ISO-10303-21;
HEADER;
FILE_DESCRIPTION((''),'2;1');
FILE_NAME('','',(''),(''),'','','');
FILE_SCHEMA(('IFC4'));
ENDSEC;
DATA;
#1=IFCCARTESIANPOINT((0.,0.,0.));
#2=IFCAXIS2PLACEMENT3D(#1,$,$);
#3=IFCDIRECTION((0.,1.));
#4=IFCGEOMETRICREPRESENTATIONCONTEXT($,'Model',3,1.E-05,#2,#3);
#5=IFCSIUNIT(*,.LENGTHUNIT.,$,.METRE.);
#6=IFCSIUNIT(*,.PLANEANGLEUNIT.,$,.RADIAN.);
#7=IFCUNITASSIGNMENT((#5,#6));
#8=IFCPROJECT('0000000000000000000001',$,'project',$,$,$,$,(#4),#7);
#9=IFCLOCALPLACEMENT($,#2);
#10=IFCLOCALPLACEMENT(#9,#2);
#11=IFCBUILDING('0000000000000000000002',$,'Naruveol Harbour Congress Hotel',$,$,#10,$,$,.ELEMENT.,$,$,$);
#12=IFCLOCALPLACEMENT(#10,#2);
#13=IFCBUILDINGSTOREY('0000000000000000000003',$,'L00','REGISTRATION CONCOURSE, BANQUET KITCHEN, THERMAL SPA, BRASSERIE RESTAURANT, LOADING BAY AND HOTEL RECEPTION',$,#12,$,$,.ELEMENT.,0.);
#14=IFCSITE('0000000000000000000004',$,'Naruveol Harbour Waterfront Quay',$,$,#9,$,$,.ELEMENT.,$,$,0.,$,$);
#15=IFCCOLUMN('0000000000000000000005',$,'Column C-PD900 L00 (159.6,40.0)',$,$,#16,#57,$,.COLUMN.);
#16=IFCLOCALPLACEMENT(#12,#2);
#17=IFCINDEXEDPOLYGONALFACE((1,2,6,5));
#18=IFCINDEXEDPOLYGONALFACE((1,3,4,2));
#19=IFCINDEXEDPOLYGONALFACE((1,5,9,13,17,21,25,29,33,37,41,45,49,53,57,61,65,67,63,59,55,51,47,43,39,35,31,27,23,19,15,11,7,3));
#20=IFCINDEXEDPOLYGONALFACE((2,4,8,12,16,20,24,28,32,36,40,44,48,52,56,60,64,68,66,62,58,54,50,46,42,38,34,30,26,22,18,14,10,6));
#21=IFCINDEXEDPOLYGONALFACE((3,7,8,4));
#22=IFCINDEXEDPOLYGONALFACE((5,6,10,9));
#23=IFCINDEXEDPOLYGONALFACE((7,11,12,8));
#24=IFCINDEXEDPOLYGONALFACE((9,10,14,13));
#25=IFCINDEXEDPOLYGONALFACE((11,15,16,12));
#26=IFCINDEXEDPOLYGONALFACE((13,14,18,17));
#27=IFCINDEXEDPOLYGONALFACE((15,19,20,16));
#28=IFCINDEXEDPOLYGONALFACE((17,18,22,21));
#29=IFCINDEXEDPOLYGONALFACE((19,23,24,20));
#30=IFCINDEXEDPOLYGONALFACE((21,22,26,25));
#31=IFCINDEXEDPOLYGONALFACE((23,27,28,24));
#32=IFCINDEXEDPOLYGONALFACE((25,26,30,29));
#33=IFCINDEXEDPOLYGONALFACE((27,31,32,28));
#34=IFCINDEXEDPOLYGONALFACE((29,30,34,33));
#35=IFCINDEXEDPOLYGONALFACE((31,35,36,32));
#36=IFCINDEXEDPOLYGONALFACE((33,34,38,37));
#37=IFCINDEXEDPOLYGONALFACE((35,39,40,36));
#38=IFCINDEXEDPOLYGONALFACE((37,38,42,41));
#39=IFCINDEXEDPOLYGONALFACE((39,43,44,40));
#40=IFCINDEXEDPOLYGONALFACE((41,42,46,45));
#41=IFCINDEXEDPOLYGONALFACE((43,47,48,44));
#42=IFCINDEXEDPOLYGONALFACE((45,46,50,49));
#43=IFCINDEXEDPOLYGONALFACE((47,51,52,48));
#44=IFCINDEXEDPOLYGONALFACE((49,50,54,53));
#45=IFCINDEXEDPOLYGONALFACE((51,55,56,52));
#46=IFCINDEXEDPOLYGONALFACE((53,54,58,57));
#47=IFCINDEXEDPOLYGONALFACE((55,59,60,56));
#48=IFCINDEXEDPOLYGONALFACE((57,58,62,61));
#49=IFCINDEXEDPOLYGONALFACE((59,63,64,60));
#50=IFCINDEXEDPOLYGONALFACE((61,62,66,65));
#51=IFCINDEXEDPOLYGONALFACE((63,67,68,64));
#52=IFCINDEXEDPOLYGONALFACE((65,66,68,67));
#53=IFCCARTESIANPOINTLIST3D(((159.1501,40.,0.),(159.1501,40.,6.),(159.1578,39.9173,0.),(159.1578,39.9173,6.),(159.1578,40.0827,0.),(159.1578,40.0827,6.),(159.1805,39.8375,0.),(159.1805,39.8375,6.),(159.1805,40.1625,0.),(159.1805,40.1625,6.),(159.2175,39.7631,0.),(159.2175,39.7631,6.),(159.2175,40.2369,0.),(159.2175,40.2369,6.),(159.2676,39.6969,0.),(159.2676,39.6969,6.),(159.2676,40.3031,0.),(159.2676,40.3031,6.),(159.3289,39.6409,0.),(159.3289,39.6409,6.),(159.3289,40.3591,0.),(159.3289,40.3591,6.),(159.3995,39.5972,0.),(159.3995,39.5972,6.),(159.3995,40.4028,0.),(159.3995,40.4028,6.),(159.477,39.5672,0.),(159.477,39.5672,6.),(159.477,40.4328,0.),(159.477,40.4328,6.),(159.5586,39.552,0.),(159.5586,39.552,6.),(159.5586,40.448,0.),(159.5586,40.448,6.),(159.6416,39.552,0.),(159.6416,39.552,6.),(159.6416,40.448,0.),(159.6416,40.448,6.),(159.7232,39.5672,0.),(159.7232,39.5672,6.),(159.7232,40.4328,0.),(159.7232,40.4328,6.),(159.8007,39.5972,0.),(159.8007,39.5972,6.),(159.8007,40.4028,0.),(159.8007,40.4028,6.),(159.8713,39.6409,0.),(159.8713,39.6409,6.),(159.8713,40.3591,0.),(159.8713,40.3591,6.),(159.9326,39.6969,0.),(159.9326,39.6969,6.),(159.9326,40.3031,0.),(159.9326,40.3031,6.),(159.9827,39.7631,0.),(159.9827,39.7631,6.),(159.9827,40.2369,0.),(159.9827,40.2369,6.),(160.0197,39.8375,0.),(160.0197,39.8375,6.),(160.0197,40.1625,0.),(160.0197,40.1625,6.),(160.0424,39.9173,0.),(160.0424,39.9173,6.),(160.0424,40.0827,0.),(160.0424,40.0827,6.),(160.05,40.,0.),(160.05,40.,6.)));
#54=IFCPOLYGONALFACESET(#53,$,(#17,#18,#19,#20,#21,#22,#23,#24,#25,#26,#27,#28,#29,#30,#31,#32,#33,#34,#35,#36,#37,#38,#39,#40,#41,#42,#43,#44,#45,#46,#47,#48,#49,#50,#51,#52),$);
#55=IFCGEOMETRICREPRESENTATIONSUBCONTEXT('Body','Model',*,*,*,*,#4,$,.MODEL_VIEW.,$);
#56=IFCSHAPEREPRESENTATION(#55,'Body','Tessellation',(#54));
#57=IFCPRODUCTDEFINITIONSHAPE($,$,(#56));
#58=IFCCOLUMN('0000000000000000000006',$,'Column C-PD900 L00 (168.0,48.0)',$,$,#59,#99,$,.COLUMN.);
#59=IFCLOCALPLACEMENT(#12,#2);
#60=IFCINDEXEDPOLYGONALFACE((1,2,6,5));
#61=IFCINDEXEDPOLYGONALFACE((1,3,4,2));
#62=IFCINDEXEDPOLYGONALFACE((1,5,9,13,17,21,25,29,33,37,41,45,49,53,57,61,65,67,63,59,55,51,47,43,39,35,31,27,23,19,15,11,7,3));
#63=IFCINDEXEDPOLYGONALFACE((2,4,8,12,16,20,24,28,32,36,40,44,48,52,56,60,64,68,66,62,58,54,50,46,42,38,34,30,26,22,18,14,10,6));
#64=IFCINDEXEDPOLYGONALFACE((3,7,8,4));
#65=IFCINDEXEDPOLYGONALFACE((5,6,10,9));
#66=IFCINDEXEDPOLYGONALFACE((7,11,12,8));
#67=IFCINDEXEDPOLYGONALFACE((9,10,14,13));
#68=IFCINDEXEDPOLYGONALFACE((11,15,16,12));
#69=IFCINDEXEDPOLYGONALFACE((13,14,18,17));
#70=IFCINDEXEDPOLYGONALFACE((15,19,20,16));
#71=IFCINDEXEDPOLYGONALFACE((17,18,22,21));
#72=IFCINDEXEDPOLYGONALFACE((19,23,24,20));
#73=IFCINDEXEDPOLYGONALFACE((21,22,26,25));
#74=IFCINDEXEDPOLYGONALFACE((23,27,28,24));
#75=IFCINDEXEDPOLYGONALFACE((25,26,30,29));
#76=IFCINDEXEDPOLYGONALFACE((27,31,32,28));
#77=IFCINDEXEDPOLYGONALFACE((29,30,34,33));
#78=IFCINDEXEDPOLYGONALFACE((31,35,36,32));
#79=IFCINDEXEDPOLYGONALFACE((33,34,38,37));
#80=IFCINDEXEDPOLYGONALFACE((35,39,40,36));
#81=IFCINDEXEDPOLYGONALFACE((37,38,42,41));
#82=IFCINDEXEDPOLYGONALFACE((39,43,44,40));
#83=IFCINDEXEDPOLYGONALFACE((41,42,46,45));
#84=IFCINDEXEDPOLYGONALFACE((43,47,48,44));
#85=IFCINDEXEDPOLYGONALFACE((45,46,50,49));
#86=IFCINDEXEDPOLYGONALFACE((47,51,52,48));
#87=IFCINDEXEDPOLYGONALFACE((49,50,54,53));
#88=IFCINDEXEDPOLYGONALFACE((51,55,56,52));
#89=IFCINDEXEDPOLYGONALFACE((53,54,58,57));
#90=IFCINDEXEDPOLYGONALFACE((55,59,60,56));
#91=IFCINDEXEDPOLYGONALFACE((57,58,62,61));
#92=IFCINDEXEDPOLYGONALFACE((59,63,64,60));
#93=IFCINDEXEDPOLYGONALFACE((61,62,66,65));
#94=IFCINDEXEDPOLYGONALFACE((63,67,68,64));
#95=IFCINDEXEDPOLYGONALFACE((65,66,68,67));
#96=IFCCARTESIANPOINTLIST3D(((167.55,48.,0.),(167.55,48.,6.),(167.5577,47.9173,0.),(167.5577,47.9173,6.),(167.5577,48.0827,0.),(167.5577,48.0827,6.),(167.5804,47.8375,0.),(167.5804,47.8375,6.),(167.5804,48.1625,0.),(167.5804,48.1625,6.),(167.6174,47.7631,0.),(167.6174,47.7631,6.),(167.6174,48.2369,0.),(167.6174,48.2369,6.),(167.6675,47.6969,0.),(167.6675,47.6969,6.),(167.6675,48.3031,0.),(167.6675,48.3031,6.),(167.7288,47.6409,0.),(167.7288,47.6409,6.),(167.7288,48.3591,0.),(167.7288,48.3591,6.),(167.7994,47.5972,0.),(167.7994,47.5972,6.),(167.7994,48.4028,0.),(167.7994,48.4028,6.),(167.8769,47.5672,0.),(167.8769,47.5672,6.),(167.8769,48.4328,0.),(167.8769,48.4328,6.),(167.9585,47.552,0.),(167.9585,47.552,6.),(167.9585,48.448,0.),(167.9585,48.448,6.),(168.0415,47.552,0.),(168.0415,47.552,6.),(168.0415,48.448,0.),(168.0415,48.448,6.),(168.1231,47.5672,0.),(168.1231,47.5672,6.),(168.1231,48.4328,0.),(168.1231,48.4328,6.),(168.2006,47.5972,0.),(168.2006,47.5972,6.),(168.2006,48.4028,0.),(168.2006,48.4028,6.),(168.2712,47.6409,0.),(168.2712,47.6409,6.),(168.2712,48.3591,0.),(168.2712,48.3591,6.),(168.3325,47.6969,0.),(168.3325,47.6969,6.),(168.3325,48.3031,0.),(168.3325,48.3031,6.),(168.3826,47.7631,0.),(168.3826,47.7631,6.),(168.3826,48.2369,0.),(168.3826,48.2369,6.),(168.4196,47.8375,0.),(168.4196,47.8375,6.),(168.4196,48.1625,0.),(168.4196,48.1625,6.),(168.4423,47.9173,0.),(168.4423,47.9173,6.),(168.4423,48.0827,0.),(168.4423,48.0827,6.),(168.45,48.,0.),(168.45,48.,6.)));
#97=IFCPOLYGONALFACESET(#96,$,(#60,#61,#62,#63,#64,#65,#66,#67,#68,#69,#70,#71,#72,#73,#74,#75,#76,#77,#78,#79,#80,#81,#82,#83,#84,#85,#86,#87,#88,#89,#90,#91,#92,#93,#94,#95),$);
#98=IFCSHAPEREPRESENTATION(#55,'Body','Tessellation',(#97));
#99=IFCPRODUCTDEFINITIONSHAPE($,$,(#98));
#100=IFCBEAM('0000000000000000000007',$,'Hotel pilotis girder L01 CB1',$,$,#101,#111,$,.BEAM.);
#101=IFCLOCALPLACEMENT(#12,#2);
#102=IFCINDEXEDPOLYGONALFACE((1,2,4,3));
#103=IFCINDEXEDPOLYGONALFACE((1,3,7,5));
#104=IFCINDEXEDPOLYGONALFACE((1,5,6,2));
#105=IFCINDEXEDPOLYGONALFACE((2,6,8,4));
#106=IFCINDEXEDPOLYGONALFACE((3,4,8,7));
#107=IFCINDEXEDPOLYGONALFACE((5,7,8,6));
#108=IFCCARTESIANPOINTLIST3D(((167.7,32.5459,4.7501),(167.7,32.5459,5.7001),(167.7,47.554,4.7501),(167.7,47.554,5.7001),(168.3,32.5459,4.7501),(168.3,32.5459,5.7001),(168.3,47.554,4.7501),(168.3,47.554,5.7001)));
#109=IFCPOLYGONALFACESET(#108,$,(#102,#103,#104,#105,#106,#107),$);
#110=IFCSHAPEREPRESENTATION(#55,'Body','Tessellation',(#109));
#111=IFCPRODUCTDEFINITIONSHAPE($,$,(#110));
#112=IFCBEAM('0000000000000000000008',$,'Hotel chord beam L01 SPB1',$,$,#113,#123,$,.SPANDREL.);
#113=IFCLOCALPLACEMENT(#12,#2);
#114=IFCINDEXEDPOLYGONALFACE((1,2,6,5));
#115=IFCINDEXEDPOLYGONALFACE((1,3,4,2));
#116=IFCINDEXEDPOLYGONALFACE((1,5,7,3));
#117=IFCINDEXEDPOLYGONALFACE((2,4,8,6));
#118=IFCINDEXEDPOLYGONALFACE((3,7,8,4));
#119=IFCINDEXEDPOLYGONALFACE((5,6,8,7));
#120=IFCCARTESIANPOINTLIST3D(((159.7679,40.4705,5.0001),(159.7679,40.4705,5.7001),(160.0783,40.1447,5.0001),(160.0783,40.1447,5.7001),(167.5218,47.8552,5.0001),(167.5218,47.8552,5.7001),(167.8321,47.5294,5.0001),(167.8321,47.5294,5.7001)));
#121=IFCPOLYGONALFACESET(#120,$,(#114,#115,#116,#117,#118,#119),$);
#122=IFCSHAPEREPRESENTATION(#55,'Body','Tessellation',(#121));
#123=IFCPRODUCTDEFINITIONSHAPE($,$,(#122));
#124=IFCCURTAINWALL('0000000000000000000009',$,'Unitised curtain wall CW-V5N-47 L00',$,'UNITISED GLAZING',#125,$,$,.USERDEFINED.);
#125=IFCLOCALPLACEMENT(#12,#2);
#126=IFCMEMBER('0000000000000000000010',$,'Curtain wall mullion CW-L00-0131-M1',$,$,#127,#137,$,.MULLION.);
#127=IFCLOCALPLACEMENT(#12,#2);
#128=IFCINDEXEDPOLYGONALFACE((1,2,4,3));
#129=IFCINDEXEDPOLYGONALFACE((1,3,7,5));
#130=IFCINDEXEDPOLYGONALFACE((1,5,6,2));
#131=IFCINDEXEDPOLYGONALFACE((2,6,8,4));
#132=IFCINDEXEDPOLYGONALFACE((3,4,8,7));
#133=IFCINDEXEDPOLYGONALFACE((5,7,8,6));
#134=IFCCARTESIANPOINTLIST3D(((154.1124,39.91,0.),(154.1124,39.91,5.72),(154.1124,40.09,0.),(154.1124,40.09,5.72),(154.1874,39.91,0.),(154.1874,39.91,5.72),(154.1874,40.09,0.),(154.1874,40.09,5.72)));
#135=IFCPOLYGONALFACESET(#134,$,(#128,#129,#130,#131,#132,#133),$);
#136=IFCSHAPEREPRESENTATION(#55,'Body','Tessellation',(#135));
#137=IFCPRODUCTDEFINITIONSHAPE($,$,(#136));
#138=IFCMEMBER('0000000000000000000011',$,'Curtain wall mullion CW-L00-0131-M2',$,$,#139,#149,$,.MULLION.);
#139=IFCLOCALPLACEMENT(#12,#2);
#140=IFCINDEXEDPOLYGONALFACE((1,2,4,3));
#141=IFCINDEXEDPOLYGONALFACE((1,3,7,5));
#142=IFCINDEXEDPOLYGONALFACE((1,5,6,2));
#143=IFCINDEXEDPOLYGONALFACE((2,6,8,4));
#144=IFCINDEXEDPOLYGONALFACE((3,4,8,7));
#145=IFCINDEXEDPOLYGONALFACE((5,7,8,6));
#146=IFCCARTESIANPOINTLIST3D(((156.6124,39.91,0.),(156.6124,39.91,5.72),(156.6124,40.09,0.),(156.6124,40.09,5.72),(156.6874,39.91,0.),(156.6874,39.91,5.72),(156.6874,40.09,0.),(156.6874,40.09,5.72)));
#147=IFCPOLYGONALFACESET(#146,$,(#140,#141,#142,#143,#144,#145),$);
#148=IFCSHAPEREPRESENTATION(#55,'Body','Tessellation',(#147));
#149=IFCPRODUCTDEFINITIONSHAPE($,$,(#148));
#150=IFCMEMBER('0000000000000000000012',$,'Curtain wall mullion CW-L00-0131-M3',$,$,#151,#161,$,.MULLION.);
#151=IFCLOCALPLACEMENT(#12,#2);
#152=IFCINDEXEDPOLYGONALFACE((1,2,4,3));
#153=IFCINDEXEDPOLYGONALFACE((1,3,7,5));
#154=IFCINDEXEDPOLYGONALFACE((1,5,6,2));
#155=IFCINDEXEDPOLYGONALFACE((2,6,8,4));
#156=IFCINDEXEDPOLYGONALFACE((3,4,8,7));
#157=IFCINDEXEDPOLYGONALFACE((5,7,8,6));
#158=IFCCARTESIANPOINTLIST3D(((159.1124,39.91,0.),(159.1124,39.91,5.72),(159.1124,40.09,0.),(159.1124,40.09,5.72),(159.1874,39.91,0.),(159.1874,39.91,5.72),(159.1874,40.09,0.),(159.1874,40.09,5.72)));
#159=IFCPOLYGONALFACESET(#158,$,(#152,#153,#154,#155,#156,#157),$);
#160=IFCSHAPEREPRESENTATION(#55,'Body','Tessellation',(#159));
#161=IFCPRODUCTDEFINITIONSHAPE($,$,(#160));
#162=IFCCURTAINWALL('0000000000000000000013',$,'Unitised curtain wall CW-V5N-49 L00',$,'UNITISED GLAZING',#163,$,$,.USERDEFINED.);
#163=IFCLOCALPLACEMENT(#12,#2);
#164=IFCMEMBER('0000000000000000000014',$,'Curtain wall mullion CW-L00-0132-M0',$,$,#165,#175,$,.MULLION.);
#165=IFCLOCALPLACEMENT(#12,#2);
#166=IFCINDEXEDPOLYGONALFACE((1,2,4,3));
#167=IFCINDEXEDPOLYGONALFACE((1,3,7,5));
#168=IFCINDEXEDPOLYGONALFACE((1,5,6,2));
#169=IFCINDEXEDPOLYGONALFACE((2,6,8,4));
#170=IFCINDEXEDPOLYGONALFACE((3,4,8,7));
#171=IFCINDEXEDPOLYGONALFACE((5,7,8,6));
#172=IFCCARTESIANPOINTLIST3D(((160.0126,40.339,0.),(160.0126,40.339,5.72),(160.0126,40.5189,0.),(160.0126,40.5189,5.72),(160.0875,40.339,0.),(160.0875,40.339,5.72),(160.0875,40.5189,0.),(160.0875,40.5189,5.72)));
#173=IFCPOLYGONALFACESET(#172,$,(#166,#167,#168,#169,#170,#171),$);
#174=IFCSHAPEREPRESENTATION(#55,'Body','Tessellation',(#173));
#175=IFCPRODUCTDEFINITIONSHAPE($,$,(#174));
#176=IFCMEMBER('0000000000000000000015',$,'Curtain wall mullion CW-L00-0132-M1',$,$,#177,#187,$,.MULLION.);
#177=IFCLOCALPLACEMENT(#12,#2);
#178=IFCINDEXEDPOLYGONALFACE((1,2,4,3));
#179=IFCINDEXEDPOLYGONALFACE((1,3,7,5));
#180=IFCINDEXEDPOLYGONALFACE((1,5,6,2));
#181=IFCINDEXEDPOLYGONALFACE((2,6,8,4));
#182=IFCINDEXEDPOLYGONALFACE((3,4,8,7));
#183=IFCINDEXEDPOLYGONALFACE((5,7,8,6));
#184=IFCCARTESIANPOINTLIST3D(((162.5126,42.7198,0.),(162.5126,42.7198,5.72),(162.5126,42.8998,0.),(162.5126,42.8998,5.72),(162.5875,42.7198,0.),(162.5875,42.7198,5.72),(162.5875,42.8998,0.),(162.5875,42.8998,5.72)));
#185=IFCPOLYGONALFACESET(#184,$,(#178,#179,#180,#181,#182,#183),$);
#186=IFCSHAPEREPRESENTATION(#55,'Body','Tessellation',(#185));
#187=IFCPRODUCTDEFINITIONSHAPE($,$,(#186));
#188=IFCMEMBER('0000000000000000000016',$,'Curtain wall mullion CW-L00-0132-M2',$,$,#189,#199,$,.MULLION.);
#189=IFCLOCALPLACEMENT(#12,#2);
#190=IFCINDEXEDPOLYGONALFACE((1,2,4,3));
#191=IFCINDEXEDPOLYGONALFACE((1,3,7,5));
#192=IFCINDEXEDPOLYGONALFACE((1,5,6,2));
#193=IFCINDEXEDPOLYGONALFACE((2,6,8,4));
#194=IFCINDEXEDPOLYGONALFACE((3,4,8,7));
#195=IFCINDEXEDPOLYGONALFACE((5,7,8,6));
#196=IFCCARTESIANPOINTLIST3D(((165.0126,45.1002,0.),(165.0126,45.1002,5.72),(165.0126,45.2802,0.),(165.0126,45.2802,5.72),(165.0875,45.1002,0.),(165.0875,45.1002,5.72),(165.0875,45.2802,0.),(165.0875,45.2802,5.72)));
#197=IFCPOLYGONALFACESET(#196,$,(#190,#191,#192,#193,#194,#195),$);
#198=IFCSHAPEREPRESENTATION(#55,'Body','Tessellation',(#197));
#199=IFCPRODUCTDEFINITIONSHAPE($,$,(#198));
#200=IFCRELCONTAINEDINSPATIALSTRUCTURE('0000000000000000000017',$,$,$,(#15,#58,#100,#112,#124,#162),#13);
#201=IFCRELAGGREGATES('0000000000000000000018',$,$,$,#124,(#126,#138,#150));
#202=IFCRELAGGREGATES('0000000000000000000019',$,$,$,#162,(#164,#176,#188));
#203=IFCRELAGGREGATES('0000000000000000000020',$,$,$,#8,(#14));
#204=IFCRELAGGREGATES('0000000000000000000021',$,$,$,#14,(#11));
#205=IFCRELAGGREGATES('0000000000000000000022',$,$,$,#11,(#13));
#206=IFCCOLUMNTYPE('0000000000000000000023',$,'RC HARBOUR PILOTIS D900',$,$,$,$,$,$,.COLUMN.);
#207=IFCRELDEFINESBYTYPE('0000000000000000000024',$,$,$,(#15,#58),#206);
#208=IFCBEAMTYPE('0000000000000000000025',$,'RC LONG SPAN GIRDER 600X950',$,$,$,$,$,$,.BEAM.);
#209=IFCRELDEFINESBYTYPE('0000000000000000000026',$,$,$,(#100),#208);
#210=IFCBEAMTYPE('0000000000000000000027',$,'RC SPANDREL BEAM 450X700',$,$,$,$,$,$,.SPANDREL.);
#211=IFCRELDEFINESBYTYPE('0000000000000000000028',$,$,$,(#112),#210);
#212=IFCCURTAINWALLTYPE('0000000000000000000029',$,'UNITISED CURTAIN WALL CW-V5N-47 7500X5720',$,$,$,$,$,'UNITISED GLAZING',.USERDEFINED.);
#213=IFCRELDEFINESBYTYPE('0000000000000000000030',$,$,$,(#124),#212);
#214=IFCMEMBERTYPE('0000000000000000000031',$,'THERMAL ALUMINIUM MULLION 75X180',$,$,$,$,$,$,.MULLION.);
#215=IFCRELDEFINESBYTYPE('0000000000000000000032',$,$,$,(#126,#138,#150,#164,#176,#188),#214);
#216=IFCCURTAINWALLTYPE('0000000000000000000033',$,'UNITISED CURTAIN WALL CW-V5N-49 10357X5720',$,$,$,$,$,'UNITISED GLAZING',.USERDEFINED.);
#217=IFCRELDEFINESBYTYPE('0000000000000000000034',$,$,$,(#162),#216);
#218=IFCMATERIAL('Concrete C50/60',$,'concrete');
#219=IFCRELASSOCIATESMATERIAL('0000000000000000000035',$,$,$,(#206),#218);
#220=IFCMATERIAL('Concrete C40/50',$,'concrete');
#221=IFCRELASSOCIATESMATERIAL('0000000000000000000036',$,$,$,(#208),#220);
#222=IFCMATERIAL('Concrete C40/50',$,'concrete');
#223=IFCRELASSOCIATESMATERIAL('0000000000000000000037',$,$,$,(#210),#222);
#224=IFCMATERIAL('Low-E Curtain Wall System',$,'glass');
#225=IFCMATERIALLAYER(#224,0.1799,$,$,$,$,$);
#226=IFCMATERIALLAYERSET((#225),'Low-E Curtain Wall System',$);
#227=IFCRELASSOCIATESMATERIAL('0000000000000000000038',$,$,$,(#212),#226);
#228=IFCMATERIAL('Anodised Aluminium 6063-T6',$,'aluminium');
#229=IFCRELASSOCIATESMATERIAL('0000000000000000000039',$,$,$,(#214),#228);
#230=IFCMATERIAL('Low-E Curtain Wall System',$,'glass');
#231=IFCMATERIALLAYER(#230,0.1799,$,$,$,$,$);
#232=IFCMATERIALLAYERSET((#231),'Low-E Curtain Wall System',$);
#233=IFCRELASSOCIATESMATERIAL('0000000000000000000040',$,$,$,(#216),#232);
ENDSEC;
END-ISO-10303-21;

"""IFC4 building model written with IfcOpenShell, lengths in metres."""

from ifc_helpers import new_model, si_unit, direction, frame, origin, origin_2d, place, context, subcontext, project, spatial, rectangle, circle, extrude, material, layer, layer_set, material_profile, profile_set, type_object, element, aggregate, save


model = new_model("IFC4")

# Units and contexts
model_context = context("Model", 3, precision=1e-05, world=origin(), true_north=direction((0.0, 1.0)))
body_context = subcontext(model_context, "Body", "Model", "MODEL_VIEW")
ifc_project = project(units=[si_unit("LENGTHUNIT", "METRE"), si_unit("PLANEANGLEUNIT", "RADIAN")], contexts=[model_context])

# Site, building, storey
site_placement = place(None, origin())
site = spatial("IfcSite", under=ifc_project, at=site_placement, Name="Naruveol Harbour Waterfront Quay", CompositionType="ELEMENT", RefElevation=0.0)
building_placement = place(site_placement, origin())
building = spatial("IfcBuilding", under=site, at=building_placement, Name="Naruveol Harbour Congress Hotel", CompositionType="ELEMENT")
storey_placement = place(building_placement, origin())
storey = spatial("IfcBuildingStorey", under=building, at=storey_placement, Name="L00", Description="REGISTRATION CONCOURSE, BANQUET KITCHEN, THERMAL SPA, BRASSERIE RESTAURANT, LOADING BAY AND HOTEL RECEPTION", CompositionType="ELEMENT", Elevation=0.0)

# Columns
ifc_material_1 = material(Name="Concrete C50/60", Category="concrete")
ifc_material_profile_1 = material_profile(ifc_material_1, circle(Radius=0.45, at=origin_2d()), Name="RC-D900")
ifc_profile_set_1 = profile_set([ifc_material_profile_1], Name="Concrete C50/60")
column_type = type_object("IfcColumnType", Name="RC HARBOUR PILOTIS D900", PredefinedType="COLUMN", material=ifc_profile_set_1)
for number, where, z_axis, x_axis, name in (
    (1, (159.6001, 40.0, 0.0), (0.0, 0.0, 1.0), (1.0, 0.0, 0.0), "Column C-PD900 L00 (159.6,40.0)"),
    (2, (168.0, 48.0, 0.0), (0.0, 0.0, 1.0), (1.0, 0.0, 0.0), "Column C-PD900 L00 (168.0,48.0)"),
):
    element("IfcColumn", number, at=place(storey_placement, frame(where, z_axis=z_axis, x_axis=x_axis)), inside=storey, type_object=column_type, Name=name, PredefinedType="COLUMN", context=body_context, shape_type="SweptSolid", body=[
        extrude(circle(Radius=0.45, at=origin_2d()), origin(), (0.0, 0.0, 1.0), 6.0),
    ])

# Beams
ifc_material_2 = material(Name="Concrete C40/50", Category="concrete")
ifc_material_profile_2 = material_profile(ifc_material_2, rectangle(XDim=0.6001, YDim=0.95, at=origin_2d()), Name="RCB-600x950")
ifc_profile_set_2 = profile_set([ifc_material_profile_2], Name="Concrete C40/50")
beam_type_1 = type_object("IfcBeamType", Name="RC LONG SPAN GIRDER 600X950", PredefinedType="BEAM", material=ifc_profile_set_2)
beam_1_placement = place(storey_placement, frame((168.0, 32.5459, 5.2251), z_axis=(0.0, 1.0, 0.0), x_axis=(-1.0, 0.0, 0.0)))
element("IfcBeam", 3, at=beam_1_placement, inside=storey, type_object=beam_type_1, Name="Hotel pilotis girder L01 CB1", PredefinedType="BEAM", context=body_context, shape_type="SweptSolid", body=[
    extrude(rectangle(XDim=0.6001, YDim=0.95, at=origin_2d()), origin(), (0.0, 0.0, 1.0), 15.0081),
])
ifc_material_3 = material(Name="Concrete C40/50", Category="concrete")
ifc_material_profile_3 = material_profile(ifc_material_3, rectangle(XDim=0.45, YDim=0.7, at=origin_2d()), Name="RCB-450x700")
ifc_profile_set_3 = profile_set([ifc_material_profile_3], Name="Concrete C40/50")
beam_type_2 = type_object("IfcBeamType", Name="RC SPANDREL BEAM 450X700", PredefinedType="SPANDREL", material=ifc_profile_set_3)
beam_2_placement = place(storey_placement, frame((159.9231, 40.3076, 5.3501), z_axis=(0.724134, 0.68966, 0.0), x_axis=(-0.68966, 0.724134, 0.0)))
element("IfcBeam", 4, at=beam_2_placement, inside=storey, type_object=beam_type_2, Name="Hotel chord beam L01 SPB1", PredefinedType="SPANDREL", context=body_context, shape_type="SweptSolid", body=[
    extrude(rectangle(XDim=0.45, YDim=0.7, at=origin_2d()), origin(), (0.0, 0.0, 1.0), 10.7078),
])

# Curtain walls, members
ifc_material_4 = material(Name="Low-E Curtain Wall System", Category="glass")
ifc_layer_1 = layer(ifc_material_4, 0.1799)
ifc_layer_set_1 = layer_set([ifc_layer_1], Name="Low-E Curtain Wall System")
curtain_wall_type_1 = type_object("IfcCurtainWallType", Name="UNITISED CURTAIN WALL CW-V5N-47 7500X5720", ElementType="UNITISED GLAZING", PredefinedType="USERDEFINED", material=ifc_layer_set_1)
curtain_wall_1_placement = place(storey_placement, origin())
curtain_wall_1 = element("IfcCurtainWall", 5, at=curtain_wall_1_placement, inside=storey, type_object=curtain_wall_type_1, Name="Unitised curtain wall CW-V5N-47 L00", ObjectType="UNITISED GLAZING", PredefinedType="USERDEFINED")
ifc_material_5 = material(Name="Anodised Aluminium 6063-T6", Category="aluminium")
ifc_material_profile_4 = material_profile(ifc_material_5, rectangle(XDim=0.075, YDim=0.1799, at=origin_2d()), Name="ALU-75x180")
ifc_profile_set_4 = profile_set([ifc_material_profile_4], Name="Anodised Aluminium 6063-T6")
member_type_1 = type_object("IfcMemberType", Name="THERMAL ALUMINIUM MULLION 75X180", PredefinedType="MULLION", material=ifc_profile_set_4)
member_1_placement = place(storey_placement, frame((154.1499, 40.0, 0.0), z_axis=(0.0, 0.0, 1.0), x_axis=(1.0, 0.0, 0.0)))
member_1 = element("IfcMember", 6, at=member_1_placement, type_object=member_type_1, Name="Curtain wall mullion CW-L00-0131-M1", PredefinedType="MULLION", context=body_context, shape_type="SweptSolid", body=[
    extrude(rectangle(XDim=0.075, YDim=0.1799, at=origin_2d()), origin(), (0.0, 0.0, 1.0), 5.72),
])
member_2_placement = place(storey_placement, frame((156.6499, 40.0, 0.0), z_axis=(0.0, 0.0, 1.0), x_axis=(1.0, 0.0, 0.0)))
member_2 = element("IfcMember", 7, at=member_2_placement, type_object=member_type_1, Name="Curtain wall mullion CW-L00-0131-M2", PredefinedType="MULLION", context=body_context, shape_type="SweptSolid", body=[
    extrude(rectangle(XDim=0.075, YDim=0.1799, at=origin_2d()), origin(), (0.0, 0.0, 1.0), 5.72),
])
member_3_placement = place(storey_placement, frame((159.1499, 40.0, 0.0), z_axis=(0.0, 0.0, 1.0), x_axis=(1.0, 0.0, 0.0)))
member_3 = element("IfcMember", 8, at=member_3_placement, type_object=member_type_1, Name="Curtain wall mullion CW-L00-0131-M3", PredefinedType="MULLION", context=body_context, shape_type="SweptSolid", body=[
    extrude(rectangle(XDim=0.075, YDim=0.1799, at=origin_2d()), origin(), (0.0, 0.0, 1.0), 5.72),
])
ifc_material_6 = material(Name="Low-E Curtain Wall System", Category="glass")
ifc_layer_2 = layer(ifc_material_6, 0.1799)
ifc_layer_set_2 = layer_set([ifc_layer_2], Name="Low-E Curtain Wall System")
curtain_wall_type_2 = type_object("IfcCurtainWallType", Name="UNITISED CURTAIN WALL CW-V5N-49 10357X5720", ElementType="UNITISED GLAZING", PredefinedType="USERDEFINED", material=ifc_layer_set_2)
curtain_wall_2_placement = place(storey_placement, origin())
curtain_wall_2 = element("IfcCurtainWall", 9, at=curtain_wall_2_placement, inside=storey, type_object=curtain_wall_type_2, Name="Unitised curtain wall CW-V5N-49 L00", ObjectType="UNITISED GLAZING", PredefinedType="USERDEFINED")
member_4_placement = place(storey_placement, frame((160.05, 40.429, 0.0), z_axis=(0.0, 0.0, 1.0), x_axis=(1.0, 0.0, 0.0)))
member_4 = element("IfcMember", 10, at=member_4_placement, type_object=member_type_1, Name="Curtain wall mullion CW-L00-0132-M0", PredefinedType="MULLION", context=body_context, shape_type="SweptSolid", body=[
    extrude(rectangle(XDim=0.075, YDim=0.1799, at=origin_2d()), origin(), (0.0, 0.0, 1.0), 5.72),
])
member_5_placement = place(storey_placement, frame((162.55, 42.8098, 0.0), z_axis=(0.0, 0.0, 1.0), x_axis=(1.0, 0.0, 0.0)))
member_5 = element("IfcMember", 11, at=member_5_placement, type_object=member_type_1, Name="Curtain wall mullion CW-L00-0132-M1", PredefinedType="MULLION", context=body_context, shape_type="SweptSolid", body=[
    extrude(rectangle(XDim=0.075, YDim=0.1799, at=origin_2d()), origin(), (0.0, 0.0, 1.0), 5.72),
])
member_6_placement = place(storey_placement, frame((165.05, 45.1902, 0.0), z_axis=(0.0, 0.0, 1.0), x_axis=(1.0, 0.0, 0.0)))
member_6 = element("IfcMember", 12, at=member_6_placement, type_object=member_type_1, Name="Curtain wall mullion CW-L00-0132-M2", PredefinedType="MULLION", context=body_context, shape_type="SweptSolid", body=[
    extrude(rectangle(XDim=0.075, YDim=0.1799, at=origin_2d()), origin(), (0.0, 0.0, 1.0), 5.72),
])

aggregate(curtain_wall_1, [member_1, member_2, member_3])
aggregate(curtain_wall_2, [member_4, member_5, member_6])

save(model, "model.ifc")
